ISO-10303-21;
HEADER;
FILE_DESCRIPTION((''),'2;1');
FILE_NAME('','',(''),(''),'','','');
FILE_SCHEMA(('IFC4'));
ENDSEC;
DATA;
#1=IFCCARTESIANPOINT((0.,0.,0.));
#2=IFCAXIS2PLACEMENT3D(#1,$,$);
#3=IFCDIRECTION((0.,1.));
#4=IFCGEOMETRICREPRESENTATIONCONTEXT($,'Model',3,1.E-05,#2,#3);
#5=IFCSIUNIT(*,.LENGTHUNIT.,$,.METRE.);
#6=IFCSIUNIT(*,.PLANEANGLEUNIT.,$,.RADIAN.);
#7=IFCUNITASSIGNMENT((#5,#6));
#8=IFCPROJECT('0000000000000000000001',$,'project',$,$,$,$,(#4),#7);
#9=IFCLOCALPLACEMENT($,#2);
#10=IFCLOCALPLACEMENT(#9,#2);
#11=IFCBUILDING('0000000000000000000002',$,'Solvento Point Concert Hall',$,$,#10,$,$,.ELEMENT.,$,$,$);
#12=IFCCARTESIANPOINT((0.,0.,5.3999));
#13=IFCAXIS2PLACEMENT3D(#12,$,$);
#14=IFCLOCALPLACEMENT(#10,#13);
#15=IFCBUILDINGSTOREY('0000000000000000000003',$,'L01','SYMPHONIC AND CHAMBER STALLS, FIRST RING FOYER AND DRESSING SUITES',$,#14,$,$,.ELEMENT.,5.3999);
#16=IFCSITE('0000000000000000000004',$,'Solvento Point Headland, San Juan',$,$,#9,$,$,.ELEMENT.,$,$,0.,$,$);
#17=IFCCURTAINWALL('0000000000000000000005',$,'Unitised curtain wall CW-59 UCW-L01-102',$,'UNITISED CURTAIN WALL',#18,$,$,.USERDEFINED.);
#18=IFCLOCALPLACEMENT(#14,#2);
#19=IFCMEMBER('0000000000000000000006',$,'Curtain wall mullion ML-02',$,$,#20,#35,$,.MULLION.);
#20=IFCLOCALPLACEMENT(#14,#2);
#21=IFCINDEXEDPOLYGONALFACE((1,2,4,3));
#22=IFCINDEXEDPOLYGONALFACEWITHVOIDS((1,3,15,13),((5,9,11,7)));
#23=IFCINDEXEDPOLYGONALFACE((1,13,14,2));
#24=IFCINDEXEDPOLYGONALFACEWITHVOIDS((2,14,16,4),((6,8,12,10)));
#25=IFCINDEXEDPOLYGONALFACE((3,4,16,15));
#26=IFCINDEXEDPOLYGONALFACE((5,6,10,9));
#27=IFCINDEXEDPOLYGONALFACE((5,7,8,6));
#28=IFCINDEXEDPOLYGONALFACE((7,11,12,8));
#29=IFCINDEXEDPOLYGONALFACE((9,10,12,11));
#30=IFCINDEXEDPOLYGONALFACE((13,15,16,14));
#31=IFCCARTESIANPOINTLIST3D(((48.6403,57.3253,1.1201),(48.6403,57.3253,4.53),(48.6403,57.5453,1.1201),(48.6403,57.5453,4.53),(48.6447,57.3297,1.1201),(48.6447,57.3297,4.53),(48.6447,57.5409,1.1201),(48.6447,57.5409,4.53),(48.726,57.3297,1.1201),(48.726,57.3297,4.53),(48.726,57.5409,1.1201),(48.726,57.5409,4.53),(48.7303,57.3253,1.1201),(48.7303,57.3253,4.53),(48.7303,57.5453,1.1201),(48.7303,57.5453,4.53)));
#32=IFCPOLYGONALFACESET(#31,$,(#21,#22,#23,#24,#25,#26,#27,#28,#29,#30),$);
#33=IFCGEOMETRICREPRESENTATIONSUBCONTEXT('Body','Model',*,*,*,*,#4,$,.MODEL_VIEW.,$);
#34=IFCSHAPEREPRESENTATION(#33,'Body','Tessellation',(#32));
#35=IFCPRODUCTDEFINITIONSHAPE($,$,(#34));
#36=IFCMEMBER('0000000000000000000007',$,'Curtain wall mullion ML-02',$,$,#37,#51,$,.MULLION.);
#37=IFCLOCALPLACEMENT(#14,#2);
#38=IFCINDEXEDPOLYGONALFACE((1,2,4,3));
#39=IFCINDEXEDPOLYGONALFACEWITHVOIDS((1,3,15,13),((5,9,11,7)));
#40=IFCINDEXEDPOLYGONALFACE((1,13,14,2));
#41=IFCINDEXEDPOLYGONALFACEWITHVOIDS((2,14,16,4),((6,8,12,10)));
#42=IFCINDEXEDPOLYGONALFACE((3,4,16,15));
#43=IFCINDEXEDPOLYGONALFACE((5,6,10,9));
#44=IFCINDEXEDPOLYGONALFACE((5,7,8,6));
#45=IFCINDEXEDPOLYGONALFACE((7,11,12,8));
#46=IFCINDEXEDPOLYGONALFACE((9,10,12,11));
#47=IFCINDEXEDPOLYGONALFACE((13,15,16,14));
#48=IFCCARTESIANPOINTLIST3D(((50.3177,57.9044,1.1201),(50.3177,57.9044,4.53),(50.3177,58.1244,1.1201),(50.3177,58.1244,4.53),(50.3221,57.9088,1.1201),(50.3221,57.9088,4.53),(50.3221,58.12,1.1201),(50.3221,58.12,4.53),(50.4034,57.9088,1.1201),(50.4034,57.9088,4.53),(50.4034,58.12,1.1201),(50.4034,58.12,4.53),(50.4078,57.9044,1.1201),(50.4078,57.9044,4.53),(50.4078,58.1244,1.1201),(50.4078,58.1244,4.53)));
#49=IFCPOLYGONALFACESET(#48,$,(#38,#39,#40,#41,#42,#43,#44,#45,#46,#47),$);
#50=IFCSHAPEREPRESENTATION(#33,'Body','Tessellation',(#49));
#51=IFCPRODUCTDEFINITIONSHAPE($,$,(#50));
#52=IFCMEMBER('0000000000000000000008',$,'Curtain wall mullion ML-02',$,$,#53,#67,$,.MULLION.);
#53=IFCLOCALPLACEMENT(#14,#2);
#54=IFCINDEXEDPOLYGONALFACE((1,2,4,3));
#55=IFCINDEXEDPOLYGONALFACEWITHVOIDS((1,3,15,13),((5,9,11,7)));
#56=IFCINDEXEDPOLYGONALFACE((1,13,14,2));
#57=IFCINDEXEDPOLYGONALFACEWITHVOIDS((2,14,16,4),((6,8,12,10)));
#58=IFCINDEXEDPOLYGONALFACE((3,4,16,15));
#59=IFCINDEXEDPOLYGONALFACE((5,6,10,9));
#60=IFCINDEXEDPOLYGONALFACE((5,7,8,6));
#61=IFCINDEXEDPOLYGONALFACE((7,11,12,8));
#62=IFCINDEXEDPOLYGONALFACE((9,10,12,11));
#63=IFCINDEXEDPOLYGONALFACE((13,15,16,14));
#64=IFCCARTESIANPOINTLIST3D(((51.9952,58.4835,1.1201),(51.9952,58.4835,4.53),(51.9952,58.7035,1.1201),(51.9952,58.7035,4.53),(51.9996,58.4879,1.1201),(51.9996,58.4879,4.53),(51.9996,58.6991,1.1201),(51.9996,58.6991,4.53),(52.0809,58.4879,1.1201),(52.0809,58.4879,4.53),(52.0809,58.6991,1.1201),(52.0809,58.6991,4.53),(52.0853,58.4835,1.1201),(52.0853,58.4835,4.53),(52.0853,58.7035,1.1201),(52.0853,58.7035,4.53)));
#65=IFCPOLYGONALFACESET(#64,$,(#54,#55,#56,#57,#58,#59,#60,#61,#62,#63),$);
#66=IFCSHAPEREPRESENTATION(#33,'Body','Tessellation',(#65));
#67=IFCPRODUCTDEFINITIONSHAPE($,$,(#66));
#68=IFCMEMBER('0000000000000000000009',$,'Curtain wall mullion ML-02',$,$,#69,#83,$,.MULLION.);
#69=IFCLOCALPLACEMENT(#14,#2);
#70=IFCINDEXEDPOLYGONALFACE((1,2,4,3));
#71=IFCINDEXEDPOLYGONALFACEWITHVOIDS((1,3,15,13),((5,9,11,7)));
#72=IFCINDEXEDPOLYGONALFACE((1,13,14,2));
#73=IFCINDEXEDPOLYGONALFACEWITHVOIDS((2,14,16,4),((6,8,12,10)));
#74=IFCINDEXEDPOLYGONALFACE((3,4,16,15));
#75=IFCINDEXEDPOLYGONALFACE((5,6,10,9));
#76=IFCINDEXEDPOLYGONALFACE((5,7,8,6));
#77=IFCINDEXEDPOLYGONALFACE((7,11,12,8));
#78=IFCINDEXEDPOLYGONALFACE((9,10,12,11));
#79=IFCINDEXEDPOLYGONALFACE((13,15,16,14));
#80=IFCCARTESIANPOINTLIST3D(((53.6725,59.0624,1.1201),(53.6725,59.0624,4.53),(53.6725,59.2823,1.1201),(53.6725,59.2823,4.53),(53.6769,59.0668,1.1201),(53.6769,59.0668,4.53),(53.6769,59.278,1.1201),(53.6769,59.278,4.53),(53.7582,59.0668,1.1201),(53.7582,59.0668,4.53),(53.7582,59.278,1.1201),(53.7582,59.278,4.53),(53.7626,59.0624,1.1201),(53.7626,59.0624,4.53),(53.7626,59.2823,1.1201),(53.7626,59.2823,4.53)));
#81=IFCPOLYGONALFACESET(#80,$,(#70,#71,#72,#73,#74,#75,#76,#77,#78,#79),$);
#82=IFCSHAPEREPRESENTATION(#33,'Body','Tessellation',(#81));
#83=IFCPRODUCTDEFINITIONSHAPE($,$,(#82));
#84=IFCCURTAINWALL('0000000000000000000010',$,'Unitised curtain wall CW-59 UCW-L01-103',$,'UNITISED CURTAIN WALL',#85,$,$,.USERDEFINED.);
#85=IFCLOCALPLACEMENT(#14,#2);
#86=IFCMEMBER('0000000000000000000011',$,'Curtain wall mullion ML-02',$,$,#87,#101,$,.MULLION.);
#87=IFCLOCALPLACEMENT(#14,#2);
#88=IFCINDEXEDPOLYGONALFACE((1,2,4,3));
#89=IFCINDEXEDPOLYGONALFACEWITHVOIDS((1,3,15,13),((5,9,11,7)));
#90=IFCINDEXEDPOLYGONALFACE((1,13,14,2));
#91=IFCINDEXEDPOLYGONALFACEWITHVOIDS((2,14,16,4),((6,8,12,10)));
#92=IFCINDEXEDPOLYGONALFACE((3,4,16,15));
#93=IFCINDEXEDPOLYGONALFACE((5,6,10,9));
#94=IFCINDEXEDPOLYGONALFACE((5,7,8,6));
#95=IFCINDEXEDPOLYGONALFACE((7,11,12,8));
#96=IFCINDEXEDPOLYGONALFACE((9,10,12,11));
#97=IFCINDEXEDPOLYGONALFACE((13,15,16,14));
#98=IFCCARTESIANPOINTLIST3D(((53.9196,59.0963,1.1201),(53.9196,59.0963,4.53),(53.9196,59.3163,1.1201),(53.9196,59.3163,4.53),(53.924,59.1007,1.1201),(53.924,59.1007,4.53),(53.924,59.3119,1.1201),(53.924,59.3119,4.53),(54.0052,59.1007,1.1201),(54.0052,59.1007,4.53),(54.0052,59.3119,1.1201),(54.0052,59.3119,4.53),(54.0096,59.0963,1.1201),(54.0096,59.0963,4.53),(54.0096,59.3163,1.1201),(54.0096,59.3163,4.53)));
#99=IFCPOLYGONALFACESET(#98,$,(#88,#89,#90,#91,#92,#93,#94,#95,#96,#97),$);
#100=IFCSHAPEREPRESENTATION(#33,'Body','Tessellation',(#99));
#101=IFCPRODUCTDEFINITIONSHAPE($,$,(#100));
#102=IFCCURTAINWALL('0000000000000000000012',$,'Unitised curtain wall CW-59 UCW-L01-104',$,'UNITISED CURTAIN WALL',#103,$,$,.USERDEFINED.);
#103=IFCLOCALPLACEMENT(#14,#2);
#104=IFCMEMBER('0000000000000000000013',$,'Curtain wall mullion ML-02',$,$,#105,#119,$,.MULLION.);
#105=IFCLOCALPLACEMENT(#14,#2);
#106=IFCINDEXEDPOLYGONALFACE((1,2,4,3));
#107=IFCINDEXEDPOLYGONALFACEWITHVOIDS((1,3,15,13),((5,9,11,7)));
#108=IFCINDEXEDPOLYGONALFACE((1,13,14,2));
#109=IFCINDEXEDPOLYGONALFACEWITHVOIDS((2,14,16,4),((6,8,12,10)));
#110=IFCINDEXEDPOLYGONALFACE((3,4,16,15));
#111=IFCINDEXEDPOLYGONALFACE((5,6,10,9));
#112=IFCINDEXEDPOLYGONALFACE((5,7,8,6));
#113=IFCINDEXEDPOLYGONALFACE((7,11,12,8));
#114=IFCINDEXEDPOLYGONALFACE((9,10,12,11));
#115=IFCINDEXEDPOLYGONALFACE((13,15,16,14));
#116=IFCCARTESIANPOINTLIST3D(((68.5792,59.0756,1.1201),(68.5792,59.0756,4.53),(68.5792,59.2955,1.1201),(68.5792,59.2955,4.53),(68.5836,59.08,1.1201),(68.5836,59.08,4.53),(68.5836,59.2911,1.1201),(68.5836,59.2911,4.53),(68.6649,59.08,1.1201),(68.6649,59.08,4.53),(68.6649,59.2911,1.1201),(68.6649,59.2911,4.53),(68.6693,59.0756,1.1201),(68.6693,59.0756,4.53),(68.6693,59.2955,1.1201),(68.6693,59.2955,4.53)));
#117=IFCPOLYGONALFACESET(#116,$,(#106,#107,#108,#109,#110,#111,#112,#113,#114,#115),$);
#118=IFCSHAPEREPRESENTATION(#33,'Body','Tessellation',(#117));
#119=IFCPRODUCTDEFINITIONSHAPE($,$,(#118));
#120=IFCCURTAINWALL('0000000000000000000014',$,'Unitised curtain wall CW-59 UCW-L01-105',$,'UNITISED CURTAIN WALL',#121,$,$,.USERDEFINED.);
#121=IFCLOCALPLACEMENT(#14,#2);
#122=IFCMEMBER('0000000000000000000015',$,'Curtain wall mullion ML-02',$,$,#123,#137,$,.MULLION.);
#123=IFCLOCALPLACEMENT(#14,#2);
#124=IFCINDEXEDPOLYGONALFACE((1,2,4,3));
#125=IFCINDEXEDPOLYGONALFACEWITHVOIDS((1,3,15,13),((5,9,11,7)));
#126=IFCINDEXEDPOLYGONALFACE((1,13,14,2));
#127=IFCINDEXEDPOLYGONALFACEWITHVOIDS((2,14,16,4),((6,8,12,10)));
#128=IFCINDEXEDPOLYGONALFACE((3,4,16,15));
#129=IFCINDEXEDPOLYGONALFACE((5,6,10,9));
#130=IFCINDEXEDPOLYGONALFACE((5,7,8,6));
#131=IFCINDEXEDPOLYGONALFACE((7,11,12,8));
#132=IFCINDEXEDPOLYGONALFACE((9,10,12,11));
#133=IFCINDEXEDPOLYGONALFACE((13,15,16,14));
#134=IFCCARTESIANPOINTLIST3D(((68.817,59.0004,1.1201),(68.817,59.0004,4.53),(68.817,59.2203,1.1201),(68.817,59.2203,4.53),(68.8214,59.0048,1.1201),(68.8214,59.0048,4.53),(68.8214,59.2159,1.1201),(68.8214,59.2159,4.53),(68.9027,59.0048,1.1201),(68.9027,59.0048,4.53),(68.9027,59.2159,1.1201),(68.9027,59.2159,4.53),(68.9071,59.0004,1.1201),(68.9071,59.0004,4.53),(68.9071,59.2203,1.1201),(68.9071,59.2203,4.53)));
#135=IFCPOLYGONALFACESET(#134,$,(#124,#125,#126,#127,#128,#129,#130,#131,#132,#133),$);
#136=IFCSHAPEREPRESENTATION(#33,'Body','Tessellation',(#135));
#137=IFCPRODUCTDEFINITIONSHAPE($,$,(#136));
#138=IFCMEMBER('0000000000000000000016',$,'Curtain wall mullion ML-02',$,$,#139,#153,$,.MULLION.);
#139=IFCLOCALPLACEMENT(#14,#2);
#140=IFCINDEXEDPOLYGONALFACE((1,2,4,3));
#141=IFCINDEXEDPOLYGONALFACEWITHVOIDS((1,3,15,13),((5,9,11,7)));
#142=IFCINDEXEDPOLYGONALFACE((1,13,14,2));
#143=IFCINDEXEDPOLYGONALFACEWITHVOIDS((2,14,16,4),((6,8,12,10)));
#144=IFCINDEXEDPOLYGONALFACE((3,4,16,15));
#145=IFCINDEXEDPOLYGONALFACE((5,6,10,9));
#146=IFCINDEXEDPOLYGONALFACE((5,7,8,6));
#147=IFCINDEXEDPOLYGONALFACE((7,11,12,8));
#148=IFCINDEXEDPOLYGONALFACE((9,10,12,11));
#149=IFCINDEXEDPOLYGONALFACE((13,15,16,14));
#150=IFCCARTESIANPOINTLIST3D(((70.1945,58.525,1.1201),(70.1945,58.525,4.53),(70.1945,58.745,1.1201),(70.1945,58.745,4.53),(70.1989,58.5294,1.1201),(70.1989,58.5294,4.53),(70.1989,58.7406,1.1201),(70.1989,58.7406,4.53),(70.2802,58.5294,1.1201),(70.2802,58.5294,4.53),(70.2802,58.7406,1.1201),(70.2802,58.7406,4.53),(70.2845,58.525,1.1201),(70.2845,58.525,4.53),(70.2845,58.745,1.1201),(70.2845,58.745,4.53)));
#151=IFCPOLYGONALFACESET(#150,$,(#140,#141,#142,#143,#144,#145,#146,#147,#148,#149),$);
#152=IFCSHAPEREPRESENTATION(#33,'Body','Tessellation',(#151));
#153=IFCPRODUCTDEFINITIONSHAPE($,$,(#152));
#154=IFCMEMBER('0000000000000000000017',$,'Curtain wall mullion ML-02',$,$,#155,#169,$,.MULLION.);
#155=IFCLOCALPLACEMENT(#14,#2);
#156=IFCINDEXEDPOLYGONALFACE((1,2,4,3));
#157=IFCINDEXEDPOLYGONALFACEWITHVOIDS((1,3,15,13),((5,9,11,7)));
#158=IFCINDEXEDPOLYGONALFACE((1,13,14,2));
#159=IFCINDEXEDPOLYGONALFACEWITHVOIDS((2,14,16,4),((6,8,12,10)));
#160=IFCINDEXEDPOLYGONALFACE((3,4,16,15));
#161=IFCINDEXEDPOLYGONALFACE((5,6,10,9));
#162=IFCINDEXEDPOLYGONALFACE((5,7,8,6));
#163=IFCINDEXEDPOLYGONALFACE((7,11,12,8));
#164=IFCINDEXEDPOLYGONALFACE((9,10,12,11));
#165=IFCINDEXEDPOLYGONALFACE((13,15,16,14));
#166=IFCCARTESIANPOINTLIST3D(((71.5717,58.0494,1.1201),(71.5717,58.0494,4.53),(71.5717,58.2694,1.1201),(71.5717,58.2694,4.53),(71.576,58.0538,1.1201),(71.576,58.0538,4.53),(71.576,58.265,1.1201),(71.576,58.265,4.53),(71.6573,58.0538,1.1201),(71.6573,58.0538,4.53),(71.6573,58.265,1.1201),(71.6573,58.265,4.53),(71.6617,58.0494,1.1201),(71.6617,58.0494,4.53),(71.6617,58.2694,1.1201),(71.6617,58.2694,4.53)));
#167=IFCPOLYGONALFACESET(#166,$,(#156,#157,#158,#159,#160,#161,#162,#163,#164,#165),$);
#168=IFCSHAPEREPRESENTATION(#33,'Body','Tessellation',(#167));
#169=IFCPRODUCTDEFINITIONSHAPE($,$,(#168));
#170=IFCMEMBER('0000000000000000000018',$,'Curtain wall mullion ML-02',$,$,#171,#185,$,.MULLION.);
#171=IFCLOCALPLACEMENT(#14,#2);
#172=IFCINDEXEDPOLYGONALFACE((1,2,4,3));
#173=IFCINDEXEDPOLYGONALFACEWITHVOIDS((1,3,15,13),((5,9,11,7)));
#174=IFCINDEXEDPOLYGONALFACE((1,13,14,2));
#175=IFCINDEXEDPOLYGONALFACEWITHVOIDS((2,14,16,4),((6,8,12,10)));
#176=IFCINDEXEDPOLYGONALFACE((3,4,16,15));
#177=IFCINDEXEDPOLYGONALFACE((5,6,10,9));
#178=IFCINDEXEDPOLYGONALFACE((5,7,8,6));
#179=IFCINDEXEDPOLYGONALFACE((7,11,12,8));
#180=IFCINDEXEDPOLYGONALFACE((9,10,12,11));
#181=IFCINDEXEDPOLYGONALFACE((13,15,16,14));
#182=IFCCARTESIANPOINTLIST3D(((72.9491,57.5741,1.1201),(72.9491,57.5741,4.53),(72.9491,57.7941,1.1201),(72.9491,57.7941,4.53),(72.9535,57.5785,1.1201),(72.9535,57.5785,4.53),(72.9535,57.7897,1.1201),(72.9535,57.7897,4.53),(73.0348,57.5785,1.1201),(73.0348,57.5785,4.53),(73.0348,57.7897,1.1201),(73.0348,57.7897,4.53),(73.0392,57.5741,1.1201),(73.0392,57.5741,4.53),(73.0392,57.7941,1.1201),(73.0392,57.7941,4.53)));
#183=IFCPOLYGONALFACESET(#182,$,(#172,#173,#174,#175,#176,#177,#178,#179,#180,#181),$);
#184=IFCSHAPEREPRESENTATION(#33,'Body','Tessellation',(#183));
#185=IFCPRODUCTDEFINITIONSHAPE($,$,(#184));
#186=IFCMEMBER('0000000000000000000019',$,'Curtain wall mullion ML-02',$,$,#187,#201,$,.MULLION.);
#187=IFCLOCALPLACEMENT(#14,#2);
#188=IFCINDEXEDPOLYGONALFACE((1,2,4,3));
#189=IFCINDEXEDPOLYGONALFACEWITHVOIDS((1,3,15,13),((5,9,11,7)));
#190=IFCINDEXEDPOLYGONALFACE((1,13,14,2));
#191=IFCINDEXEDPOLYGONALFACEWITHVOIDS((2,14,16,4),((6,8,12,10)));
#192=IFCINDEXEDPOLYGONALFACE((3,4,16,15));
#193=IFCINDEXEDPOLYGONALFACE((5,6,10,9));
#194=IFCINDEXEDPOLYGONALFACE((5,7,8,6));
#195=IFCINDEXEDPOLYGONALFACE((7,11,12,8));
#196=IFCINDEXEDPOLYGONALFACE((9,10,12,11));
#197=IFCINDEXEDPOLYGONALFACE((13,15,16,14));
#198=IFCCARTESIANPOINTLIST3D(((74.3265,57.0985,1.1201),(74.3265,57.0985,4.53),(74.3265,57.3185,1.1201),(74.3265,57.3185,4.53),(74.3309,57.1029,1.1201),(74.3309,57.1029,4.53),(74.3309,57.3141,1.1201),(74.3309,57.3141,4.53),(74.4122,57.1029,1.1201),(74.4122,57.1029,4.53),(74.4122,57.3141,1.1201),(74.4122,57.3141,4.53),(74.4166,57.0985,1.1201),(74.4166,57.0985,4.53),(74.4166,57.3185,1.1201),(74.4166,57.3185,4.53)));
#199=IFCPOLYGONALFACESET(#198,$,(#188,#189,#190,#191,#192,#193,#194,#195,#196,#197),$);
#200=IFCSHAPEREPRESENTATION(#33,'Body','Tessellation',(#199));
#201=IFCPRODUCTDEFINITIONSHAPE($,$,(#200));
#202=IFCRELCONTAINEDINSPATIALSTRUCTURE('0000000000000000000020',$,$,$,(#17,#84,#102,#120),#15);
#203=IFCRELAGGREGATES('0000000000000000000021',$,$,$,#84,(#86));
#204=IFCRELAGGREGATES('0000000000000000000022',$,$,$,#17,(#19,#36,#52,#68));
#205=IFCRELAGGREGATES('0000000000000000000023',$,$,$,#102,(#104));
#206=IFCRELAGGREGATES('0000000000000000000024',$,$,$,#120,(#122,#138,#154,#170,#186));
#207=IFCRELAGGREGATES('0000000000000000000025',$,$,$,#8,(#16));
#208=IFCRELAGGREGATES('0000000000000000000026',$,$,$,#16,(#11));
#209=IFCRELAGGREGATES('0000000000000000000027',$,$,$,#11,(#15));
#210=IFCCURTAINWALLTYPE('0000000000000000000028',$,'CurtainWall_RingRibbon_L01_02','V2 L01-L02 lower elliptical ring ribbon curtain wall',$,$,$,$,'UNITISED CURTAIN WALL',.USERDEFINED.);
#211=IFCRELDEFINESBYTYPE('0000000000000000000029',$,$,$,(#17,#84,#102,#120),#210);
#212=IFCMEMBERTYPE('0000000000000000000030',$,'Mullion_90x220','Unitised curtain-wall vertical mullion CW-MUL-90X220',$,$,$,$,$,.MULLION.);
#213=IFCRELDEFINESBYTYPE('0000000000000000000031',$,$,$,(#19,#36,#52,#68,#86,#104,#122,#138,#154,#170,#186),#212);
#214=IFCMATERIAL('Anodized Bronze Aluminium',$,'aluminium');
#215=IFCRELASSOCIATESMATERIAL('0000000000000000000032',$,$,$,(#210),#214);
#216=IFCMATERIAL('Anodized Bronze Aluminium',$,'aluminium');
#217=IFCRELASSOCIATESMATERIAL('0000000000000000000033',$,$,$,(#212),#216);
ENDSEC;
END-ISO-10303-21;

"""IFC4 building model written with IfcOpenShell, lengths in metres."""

from ifc_helpers import new_model, si_unit, direction, frame, origin, origin_2d, place, context, subcontext, project, spatial, hollow_rectangle, extrude, material, material_profile, profile_set, type_object, element, aggregate, save


model = new_model("IFC4")

# Units and contexts
model_context = context("Model", 3, precision=1e-05, world=origin(), true_north=direction((0.0, 1.0)))
body_context = subcontext(model_context, "Body", "Model", "MODEL_VIEW")
ifc_project = project(units=[si_unit("LENGTHUNIT", "METRE"), si_unit("PLANEANGLEUNIT", "RADIAN")], contexts=[model_context])

# Site, building, storey
site_placement = place(None, origin())
site = spatial("IfcSite", under=ifc_project, at=site_placement, Name="Solvento Point Headland, San Juan", CompositionType="ELEMENT", RefElevation=0.0)
building_placement = place(site_placement, origin())
building = spatial("IfcBuilding", under=site, at=building_placement, Name="Solvento Point Concert Hall", CompositionType="ELEMENT")
storey_placement = place(building_placement, frame((0.0, 0.0, 5.3999)))
storey = spatial("IfcBuildingStorey", under=building, at=storey_placement, Name="L01", Description="SYMPHONIC AND CHAMBER STALLS, FIRST RING FOYER AND DRESSING SUITES", CompositionType="ELEMENT", Elevation=5.3999)

# Curtain wall, members
ifc_material_1 = material(Name="Anodized Bronze Aluminium", Category="aluminium")
curtain_wall_type = type_object("IfcCurtainWallType", Name="CurtainWall_RingRibbon_L01_02", Description="V2 L01-L02 lower elliptical ring ribbon curtain wall", ElementType="UNITISED CURTAIN WALL", PredefinedType="USERDEFINED", material=ifc_material_1)
curtain_wall_1_placement = place(storey_placement, origin())
curtain_wall_1 = element("IfcCurtainWall", 1, at=curtain_wall_1_placement, inside=storey, type_object=curtain_wall_type, Name="Unitised curtain wall CW-59 UCW-L01-102", ObjectType="UNITISED CURTAIN WALL", PredefinedType="USERDEFINED")
ifc_material_2 = material(Name="Anodized Bronze Aluminium", Category="aluminium")
ifc_material_profile_1 = material_profile(ifc_material_2, hollow_rectangle(XDim=0.0901, YDim=0.22, WallThickness=0.0044, at=origin_2d()), Name="CW-MUL-90X220")
ifc_profile_set_1 = profile_set([ifc_material_profile_1], Name="Anodized Bronze Aluminium")
member_type_1 = type_object("IfcMemberType", Name="Mullion_90x220", Description="Unitised curtain-wall vertical mullion CW-MUL-90X220", PredefinedType="MULLION", material=ifc_profile_set_1)
member_1_placement = place(storey_placement, frame((48.6853, 57.4353, 1.1201), z_axis=(0.0, 0.0, 1.0), x_axis=(1.0, 0.0, 0.0)))
member_1 = element("IfcMember", 2, at=member_1_placement, type_object=member_type_1, Name="Curtain wall mullion ML-02", PredefinedType="MULLION", context=body_context, shape_type="SweptSolid", body=[
    extrude(hollow_rectangle(XDim=0.0901, YDim=0.22, WallThickness=0.0044, at=origin_2d()), origin(), (0.0, 0.0, 1.0), 3.4099),
])
member_2_placement = place(storey_placement, frame((50.3628, 58.0144, 1.1201), z_axis=(0.0, 0.0, 1.0), x_axis=(1.0, 0.0, 0.0)))
member_2 = element("IfcMember", 3, at=member_2_placement, type_object=member_type_1, Name="Curtain wall mullion ML-02", PredefinedType="MULLION", context=body_context, shape_type="SweptSolid", body=[
    extrude(hollow_rectangle(XDim=0.0901, YDim=0.22, WallThickness=0.0044, at=origin_2d()), origin(), (0.0, 0.0, 1.0), 3.4099),
])
member_3_placement = place(storey_placement, frame((52.0403, 58.5935, 1.1201), z_axis=(0.0, 0.0, 1.0), x_axis=(1.0, 0.0, 0.0)))
member_3 = element("IfcMember", 4, at=member_3_placement, type_object=member_type_1, Name="Curtain wall mullion ML-02", PredefinedType="MULLION", context=body_context, shape_type="SweptSolid", body=[
    extrude(hollow_rectangle(XDim=0.0901, YDim=0.22, WallThickness=0.0044, at=origin_2d()), origin(), (0.0, 0.0, 1.0), 3.4099),
])
member_4_placement = place(storey_placement, frame((53.7175, 59.1724, 1.1201), z_axis=(0.0, 0.0, 1.0), x_axis=(1.0, 0.0, 0.0)))
member_4 = element("IfcMember", 5, at=member_4_placement, type_object=member_type_1, Name="Curtain wall mullion ML-02", PredefinedType="MULLION", context=body_context, shape_type="SweptSolid", body=[
    extrude(hollow_rectangle(XDim=0.0901, YDim=0.22, WallThickness=0.0044, at=origin_2d()), origin(), (0.0, 0.0, 1.0), 3.4099),
])

# Curtain walls, members
curtain_wall_2_placement = place(storey_placement, origin())
curtain_wall_2 = element("IfcCurtainWall", 6, at=curtain_wall_2_placement, inside=storey, type_object=curtain_wall_type, Name="Unitised curtain wall CW-59 UCW-L01-103", ObjectType="UNITISED CURTAIN WALL", PredefinedType="USERDEFINED")
member_5_placement = place(storey_placement, frame((53.9646, 59.2063, 1.1201), z_axis=(0.0, 0.0, 1.0), x_axis=(1.0, 0.0, 0.0)))
member_5 = element("IfcMember", 7, at=member_5_placement, type_object=member_type_1, Name="Curtain wall mullion ML-02", PredefinedType="MULLION", context=body_context, shape_type="SweptSolid", body=[
    extrude(hollow_rectangle(XDim=0.0901, YDim=0.22, WallThickness=0.0044, at=origin_2d()), origin(), (0.0, 0.0, 1.0), 3.4099),
])
curtain_wall_3_placement = place(storey_placement, origin())
curtain_wall_3 = element("IfcCurtainWall", 8, at=curtain_wall_3_placement, inside=storey, type_object=curtain_wall_type, Name="Unitised curtain wall CW-59 UCW-L01-104", ObjectType="UNITISED CURTAIN WALL", PredefinedType="USERDEFINED")
member_6_placement = place(storey_placement, frame((68.6243, 59.1855, 1.1201), z_axis=(0.0, 0.0, 1.0), x_axis=(1.0, 0.0, 0.0)))
member_6 = element("IfcMember", 9, at=member_6_placement, type_object=member_type_1, Name="Curtain wall mullion ML-02", PredefinedType="MULLION", context=body_context, shape_type="SweptSolid", body=[
    extrude(hollow_rectangle(XDim=0.0901, YDim=0.22, WallThickness=0.0044, at=origin_2d()), origin(), (0.0, 0.0, 1.0), 3.4099),
])

# Curtain wall, members
curtain_wall_4_placement = place(storey_placement, origin())
curtain_wall_4 = element("IfcCurtainWall", 10, at=curtain_wall_4_placement, inside=storey, type_object=curtain_wall_type, Name="Unitised curtain wall CW-59 UCW-L01-105", ObjectType="UNITISED CURTAIN WALL", PredefinedType="USERDEFINED")
member_7_placement = place(storey_placement, frame((68.8621, 59.1104, 1.1201), z_axis=(0.0, 0.0, 1.0), x_axis=(1.0, 0.0, 0.0)))
member_7 = element("IfcMember", 11, at=member_7_placement, type_object=member_type_1, Name="Curtain wall mullion ML-02", PredefinedType="MULLION", context=body_context, shape_type="SweptSolid", body=[
    extrude(hollow_rectangle(XDim=0.0901, YDim=0.22, WallThickness=0.0044, at=origin_2d()), origin(), (0.0, 0.0, 1.0), 3.4099),
])
member_8_placement = place(storey_placement, frame((70.2395, 58.635, 1.1201), z_axis=(0.0, 0.0, 1.0), x_axis=(1.0, 0.0, 0.0)))
member_8 = element("IfcMember", 12, at=member_8_placement, type_object=member_type_1, Name="Curtain wall mullion ML-02", PredefinedType="MULLION", context=body_context, shape_type="SweptSolid", body=[
    extrude(hollow_rectangle(XDim=0.0901, YDim=0.22, WallThickness=0.0044, at=origin_2d()), origin(), (0.0, 0.0, 1.0), 3.4099),
])
member_9_placement = place(storey_placement, frame((71.6167, 58.1594, 1.1201), z_axis=(0.0, 0.0, 1.0), x_axis=(1.0, 0.0, 0.0)))
member_9 = element("IfcMember", 13, at=member_9_placement, type_object=member_type_1, Name="Curtain wall mullion ML-02", PredefinedType="MULLION", context=body_context, shape_type="SweptSolid", body=[
    extrude(hollow_rectangle(XDim=0.0901, YDim=0.22, WallThickness=0.0044, at=origin_2d()), origin(), (0.0, 0.0, 1.0), 3.4099),
])
member_10_placement = place(storey_placement, frame((72.9941, 57.6841, 1.1201), z_axis=(0.0, 0.0, 1.0), x_axis=(1.0, 0.0, 0.0)))
member_10 = element("IfcMember", 14, at=member_10_placement, type_object=member_type_1, Name="Curtain wall mullion ML-02", PredefinedType="MULLION", context=body_context, shape_type="SweptSolid", body=[
    extrude(hollow_rectangle(XDim=0.0901, YDim=0.22, WallThickness=0.0044, at=origin_2d()), origin(), (0.0, 0.0, 1.0), 3.4099),
])
member_11_placement = place(storey_placement, frame((74.3716, 57.2085, 1.1201), z_axis=(0.0, 0.0, 1.0), x_axis=(1.0, 0.0, 0.0)))
member_11 = element("IfcMember", 15, at=member_11_placement, type_object=member_type_1, Name="Curtain wall mullion ML-02", PredefinedType="MULLION", context=body_context, shape_type="SweptSolid", body=[
    extrude(hollow_rectangle(XDim=0.0901, YDim=0.22, WallThickness=0.0044, at=origin_2d()), origin(), (0.0, 0.0, 1.0), 3.4099),
])

aggregate(curtain_wall_2, [member_5])

aggregate(curtain_wall_1, [member_1, member_2, member_3, member_4])
aggregate(curtain_wall_3, [member_6])
aggregate(curtain_wall_4, [member_7, member_8, member_9, member_10, member_11])

save(model, "model.ifc")
